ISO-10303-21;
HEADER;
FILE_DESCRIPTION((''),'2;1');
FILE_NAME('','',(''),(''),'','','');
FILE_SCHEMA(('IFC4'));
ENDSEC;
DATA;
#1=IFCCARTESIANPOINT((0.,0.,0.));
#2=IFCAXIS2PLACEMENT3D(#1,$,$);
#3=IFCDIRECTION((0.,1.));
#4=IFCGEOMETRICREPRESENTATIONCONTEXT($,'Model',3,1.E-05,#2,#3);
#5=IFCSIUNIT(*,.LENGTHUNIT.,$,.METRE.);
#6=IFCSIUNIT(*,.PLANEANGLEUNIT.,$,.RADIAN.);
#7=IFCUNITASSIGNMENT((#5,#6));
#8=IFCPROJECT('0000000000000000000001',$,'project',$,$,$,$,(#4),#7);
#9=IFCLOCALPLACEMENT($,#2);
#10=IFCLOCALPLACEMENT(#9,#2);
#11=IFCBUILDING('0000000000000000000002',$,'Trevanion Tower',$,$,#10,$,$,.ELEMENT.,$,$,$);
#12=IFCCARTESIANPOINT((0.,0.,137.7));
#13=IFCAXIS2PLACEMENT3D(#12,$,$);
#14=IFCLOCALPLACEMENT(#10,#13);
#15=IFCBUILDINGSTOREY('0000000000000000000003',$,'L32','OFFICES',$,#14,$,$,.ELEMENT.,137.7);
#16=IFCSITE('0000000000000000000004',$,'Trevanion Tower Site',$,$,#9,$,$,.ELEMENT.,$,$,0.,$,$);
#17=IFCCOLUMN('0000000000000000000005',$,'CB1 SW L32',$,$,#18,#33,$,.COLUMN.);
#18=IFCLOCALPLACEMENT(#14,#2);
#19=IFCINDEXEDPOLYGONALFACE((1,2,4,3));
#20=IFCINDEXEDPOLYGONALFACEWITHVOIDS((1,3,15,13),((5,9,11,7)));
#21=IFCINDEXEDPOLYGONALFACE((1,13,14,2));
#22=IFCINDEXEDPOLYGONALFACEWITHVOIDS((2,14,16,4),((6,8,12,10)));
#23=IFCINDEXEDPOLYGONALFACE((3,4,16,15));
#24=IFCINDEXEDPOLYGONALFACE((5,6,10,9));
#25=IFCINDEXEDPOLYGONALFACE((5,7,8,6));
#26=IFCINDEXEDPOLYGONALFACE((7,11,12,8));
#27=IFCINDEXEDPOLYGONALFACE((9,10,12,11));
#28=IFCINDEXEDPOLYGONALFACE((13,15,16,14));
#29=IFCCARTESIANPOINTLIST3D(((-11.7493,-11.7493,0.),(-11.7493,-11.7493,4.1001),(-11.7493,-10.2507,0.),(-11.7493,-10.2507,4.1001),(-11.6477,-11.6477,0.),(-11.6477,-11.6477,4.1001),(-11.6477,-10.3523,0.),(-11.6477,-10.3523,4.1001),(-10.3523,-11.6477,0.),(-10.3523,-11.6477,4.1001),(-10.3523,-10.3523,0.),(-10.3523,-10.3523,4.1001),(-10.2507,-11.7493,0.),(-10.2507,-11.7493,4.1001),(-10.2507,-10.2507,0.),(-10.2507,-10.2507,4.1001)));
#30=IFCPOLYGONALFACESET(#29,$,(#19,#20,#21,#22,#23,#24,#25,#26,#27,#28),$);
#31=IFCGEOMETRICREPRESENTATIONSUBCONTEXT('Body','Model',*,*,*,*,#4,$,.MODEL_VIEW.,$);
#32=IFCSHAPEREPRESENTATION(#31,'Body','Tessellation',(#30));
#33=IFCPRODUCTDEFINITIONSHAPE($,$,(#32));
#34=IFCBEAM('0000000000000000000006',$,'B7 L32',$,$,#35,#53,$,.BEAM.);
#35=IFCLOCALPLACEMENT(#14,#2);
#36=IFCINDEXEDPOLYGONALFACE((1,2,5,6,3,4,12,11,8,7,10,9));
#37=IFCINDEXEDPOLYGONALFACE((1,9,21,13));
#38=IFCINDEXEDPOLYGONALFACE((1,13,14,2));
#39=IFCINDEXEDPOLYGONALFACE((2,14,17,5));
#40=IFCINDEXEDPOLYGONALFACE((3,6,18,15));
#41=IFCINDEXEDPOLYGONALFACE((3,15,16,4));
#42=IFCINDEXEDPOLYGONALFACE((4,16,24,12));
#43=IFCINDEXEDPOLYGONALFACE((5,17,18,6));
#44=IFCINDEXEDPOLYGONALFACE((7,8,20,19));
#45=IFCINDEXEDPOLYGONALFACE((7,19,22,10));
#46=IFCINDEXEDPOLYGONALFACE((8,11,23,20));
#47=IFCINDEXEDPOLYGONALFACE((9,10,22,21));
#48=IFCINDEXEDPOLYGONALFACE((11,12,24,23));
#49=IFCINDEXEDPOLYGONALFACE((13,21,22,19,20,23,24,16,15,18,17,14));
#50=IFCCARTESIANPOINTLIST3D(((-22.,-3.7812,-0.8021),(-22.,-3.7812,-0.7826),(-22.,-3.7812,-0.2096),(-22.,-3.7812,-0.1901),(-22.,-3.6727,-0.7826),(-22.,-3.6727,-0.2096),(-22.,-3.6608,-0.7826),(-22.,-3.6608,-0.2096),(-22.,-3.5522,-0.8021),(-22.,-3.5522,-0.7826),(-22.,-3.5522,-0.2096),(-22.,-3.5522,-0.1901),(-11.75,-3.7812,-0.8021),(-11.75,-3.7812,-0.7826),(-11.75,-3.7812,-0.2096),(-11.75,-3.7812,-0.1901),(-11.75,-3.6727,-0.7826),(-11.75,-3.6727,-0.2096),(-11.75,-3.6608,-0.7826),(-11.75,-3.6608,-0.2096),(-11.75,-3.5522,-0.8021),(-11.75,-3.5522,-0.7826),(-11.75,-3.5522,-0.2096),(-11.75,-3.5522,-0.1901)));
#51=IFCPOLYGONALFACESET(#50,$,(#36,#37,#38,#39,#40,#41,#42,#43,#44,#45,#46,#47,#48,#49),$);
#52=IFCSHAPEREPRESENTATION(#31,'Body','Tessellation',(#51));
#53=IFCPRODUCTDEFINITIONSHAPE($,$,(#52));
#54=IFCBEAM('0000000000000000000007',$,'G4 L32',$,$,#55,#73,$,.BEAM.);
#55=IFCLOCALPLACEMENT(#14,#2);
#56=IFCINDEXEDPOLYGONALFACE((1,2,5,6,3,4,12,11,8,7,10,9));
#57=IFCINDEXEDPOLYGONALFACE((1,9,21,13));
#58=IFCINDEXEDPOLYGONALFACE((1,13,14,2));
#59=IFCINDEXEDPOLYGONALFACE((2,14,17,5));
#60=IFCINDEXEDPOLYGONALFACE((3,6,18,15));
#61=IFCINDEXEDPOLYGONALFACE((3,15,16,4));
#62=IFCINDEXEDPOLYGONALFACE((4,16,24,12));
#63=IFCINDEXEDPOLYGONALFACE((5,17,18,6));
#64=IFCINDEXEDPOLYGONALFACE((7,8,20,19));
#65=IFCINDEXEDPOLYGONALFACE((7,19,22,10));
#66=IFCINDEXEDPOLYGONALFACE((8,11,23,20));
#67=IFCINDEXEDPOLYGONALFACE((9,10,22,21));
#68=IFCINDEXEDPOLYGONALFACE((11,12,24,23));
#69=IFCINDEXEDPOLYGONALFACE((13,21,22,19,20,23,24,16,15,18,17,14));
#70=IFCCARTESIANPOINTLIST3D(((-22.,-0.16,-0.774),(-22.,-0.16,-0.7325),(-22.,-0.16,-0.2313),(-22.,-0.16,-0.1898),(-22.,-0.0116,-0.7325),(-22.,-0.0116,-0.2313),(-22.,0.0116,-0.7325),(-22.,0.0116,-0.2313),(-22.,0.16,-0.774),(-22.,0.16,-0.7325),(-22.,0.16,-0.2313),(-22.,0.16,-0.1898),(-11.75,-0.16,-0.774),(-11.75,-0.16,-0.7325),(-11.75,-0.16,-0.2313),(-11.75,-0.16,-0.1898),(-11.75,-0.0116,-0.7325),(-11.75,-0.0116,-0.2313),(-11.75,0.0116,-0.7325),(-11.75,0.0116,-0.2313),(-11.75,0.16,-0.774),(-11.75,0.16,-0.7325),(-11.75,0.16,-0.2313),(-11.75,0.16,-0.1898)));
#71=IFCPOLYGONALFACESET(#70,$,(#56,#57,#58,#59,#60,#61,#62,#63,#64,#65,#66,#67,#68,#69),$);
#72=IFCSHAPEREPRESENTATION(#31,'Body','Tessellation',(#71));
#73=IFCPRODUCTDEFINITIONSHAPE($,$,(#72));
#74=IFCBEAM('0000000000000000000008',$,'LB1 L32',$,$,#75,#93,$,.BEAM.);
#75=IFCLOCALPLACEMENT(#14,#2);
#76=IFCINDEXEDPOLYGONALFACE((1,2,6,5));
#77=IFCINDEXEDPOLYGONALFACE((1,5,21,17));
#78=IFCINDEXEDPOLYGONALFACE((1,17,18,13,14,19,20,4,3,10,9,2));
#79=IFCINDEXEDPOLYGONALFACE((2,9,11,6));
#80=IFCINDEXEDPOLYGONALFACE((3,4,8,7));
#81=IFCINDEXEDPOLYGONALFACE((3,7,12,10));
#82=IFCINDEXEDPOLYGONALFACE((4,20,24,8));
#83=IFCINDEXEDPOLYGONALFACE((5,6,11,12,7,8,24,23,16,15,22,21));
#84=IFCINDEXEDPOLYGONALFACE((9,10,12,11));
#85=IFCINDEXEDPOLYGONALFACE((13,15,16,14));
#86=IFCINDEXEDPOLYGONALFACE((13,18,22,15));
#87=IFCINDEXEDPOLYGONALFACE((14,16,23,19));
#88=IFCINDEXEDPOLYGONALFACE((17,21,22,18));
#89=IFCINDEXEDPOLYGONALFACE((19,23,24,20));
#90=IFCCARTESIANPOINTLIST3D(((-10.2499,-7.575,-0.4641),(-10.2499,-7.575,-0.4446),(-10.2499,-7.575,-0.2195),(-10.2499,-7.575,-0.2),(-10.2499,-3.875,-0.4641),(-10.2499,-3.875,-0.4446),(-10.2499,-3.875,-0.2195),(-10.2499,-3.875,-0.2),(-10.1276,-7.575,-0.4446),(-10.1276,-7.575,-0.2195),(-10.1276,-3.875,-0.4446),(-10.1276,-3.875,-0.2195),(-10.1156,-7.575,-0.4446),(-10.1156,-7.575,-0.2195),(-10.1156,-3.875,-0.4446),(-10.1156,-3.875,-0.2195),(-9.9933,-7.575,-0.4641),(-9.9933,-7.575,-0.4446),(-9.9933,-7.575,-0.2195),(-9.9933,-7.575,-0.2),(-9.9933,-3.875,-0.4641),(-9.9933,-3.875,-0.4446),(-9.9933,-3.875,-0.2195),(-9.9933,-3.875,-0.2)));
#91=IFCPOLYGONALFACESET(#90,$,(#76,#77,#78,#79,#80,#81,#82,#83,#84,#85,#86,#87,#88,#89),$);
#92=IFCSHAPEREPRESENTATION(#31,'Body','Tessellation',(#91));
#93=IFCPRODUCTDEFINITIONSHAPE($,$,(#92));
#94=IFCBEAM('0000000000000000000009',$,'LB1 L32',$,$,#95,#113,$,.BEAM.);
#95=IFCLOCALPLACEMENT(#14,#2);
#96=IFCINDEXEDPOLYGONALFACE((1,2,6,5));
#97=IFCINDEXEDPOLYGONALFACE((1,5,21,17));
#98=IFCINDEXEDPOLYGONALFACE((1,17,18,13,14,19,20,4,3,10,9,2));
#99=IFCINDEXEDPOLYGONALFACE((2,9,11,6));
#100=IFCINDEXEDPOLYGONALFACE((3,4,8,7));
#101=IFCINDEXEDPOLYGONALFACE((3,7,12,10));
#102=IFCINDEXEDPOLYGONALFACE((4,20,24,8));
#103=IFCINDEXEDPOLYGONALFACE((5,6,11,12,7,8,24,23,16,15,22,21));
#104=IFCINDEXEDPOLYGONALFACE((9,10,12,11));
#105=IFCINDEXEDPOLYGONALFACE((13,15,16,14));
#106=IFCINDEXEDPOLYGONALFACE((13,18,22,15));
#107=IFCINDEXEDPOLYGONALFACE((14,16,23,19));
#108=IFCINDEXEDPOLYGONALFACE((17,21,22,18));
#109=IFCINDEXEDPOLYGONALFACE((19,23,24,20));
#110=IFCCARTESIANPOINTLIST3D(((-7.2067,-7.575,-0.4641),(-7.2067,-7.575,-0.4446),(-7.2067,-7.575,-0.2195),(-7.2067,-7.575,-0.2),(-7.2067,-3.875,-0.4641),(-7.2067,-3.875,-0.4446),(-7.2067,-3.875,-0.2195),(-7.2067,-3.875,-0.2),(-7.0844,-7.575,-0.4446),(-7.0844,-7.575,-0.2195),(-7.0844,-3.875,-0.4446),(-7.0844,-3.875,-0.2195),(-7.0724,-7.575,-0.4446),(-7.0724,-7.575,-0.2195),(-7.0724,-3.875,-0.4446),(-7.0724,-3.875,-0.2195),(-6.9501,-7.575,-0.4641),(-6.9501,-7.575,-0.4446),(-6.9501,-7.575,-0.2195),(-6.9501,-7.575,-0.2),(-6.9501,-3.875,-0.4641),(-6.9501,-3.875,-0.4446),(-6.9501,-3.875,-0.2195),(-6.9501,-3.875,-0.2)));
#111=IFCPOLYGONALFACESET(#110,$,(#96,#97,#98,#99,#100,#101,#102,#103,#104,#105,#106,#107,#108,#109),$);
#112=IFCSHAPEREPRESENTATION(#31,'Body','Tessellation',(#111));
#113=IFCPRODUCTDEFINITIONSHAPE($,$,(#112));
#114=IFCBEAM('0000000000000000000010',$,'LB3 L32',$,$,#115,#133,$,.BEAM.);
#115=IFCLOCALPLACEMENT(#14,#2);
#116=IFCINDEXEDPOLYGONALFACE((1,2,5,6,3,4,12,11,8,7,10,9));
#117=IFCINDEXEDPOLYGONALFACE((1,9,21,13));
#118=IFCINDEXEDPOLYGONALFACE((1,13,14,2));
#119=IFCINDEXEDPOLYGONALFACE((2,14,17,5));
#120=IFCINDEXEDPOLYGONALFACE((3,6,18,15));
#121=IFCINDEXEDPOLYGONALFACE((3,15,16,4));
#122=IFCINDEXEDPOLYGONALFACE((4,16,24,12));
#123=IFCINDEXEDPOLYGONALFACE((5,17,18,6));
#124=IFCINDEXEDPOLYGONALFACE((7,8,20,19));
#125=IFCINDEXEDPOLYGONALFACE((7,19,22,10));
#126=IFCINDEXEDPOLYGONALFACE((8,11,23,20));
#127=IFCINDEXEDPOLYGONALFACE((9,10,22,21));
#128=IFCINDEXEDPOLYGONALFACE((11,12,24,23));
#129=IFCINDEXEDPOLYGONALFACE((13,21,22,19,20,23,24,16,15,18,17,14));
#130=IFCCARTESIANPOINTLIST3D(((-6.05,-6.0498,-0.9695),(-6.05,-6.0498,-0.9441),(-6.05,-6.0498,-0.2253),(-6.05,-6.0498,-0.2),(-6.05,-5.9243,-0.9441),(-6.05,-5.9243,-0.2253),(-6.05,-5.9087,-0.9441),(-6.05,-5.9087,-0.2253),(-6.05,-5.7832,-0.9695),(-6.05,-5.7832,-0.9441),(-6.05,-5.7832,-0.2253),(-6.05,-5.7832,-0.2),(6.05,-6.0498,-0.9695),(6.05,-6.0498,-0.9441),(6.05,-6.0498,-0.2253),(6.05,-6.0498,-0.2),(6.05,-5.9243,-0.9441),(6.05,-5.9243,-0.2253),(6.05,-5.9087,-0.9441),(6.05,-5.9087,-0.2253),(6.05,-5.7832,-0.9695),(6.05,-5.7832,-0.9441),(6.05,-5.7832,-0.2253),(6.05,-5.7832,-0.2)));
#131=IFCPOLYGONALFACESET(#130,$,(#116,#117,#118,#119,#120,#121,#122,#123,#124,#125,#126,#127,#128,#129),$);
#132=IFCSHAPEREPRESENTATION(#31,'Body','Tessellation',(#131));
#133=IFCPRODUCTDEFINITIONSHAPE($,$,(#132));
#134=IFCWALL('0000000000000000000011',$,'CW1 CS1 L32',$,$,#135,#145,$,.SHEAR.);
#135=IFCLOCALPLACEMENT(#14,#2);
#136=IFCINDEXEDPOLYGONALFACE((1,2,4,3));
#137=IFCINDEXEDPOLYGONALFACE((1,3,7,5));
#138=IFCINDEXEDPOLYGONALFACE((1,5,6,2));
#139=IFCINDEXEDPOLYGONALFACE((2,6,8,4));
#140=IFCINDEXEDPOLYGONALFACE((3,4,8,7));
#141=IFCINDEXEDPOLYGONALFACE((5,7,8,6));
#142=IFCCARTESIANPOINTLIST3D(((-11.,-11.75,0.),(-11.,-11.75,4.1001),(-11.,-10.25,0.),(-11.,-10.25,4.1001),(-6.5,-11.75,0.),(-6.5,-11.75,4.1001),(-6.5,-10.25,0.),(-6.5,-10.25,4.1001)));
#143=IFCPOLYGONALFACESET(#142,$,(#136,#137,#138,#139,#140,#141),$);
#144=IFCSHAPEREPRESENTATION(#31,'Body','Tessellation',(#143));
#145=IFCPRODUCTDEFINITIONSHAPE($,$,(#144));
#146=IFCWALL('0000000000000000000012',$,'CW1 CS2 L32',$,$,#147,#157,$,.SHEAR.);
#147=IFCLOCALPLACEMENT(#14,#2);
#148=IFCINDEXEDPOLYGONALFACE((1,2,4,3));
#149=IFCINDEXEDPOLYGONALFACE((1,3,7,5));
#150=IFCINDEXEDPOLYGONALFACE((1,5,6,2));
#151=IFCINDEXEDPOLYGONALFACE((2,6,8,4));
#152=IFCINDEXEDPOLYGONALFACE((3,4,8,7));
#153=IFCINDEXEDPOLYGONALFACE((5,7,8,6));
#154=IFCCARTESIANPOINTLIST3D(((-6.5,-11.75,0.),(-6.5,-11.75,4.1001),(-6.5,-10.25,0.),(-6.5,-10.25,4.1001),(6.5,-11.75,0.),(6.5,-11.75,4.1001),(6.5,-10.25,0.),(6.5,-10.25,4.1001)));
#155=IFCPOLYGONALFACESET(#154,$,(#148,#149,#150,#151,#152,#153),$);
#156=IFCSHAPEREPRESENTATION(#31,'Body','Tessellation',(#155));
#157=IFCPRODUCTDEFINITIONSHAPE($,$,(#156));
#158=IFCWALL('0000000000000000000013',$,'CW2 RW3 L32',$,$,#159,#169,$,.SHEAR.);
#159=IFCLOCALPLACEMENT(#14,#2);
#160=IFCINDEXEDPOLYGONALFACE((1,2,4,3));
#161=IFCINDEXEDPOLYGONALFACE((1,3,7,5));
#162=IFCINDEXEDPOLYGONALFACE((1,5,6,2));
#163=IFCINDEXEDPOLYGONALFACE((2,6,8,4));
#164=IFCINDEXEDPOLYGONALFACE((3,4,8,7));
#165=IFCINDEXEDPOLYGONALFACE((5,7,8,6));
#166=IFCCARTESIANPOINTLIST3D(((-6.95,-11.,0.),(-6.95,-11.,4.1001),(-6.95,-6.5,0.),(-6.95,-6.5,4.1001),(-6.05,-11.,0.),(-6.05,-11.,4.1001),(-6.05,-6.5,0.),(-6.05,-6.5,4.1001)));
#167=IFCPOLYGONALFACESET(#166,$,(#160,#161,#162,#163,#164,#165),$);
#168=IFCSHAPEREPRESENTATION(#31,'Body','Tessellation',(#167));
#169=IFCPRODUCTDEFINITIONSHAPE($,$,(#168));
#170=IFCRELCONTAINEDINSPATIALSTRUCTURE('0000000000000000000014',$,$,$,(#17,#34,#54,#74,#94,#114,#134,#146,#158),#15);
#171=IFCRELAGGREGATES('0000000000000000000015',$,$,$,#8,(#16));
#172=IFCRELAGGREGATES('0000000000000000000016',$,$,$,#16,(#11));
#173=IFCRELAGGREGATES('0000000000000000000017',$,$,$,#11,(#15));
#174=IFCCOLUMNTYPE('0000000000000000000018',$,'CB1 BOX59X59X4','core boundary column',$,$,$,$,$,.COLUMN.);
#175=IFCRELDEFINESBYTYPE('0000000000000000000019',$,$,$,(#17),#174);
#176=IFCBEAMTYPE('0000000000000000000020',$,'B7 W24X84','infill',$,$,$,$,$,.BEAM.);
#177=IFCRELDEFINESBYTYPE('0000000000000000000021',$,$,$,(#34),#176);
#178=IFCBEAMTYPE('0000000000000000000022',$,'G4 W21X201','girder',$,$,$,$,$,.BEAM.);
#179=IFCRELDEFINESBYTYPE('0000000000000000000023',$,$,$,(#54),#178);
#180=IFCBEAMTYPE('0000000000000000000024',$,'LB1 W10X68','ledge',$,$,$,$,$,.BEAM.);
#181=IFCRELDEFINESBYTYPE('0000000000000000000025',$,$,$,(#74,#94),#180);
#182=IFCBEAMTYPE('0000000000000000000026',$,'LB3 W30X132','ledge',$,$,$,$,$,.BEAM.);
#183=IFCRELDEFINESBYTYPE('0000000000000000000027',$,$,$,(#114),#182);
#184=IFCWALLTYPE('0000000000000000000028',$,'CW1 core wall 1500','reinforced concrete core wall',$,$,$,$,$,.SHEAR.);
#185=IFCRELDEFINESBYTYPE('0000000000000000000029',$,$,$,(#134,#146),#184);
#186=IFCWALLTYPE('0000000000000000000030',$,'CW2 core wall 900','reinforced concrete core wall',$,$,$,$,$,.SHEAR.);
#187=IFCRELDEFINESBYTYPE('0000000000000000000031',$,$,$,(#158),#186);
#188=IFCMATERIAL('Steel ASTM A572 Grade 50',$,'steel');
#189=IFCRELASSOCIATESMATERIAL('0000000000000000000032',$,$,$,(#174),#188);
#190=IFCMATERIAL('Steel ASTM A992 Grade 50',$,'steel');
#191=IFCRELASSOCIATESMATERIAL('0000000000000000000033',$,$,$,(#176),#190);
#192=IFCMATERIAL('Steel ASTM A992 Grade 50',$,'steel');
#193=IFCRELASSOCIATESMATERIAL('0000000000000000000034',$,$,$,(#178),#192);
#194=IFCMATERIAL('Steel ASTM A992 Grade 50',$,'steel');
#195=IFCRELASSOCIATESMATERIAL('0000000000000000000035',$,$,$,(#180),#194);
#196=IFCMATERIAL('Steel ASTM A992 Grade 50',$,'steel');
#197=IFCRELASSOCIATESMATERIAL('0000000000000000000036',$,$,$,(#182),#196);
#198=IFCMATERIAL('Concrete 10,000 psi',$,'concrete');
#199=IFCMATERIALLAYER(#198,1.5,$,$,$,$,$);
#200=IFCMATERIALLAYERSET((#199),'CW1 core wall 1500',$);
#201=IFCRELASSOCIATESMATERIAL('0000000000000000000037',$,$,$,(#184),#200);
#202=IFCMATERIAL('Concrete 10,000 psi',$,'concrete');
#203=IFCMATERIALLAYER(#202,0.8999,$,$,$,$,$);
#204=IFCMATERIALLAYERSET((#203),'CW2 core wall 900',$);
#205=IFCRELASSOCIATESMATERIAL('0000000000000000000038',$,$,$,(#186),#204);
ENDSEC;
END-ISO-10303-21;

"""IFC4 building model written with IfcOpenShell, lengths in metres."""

from ifc_helpers import new_model, si_unit, direction, frame, frame_2d, origin, origin_2d, place, context, subcontext, project, spatial, rectangle, hollow_rectangle, i_section, extrude, material, layer, layer_set, material_profile, profile_set, type_object, element, save


model = new_model("IFC4")

# Units and contexts
model_context = context("Model", 3, precision=1e-05, world=origin(), true_north=direction((0.0, 1.0)))
body_context = subcontext(model_context, "Body", "Model", "MODEL_VIEW")
ifc_project = project(units=[si_unit("LENGTHUNIT", "METRE"), si_unit("PLANEANGLEUNIT", "RADIAN")], contexts=[model_context])

# Site, building, storey
site_placement = place(None, origin())
site = spatial("IfcSite", under=ifc_project, at=site_placement, Name="Trevanion Tower Site", CompositionType="ELEMENT", RefElevation=0.0)
building_placement = place(site_placement, origin())
building = spatial("IfcBuilding", under=site, at=building_placement, Name="Trevanion Tower", CompositionType="ELEMENT")
storey_placement = place(building_placement, frame((0.0, 0.0, 137.7)))
storey = spatial("IfcBuildingStorey", under=building, at=storey_placement, Name="L32", Description="OFFICES", CompositionType="ELEMENT", Elevation=137.7)

# Column
ifc_material_1 = material(Name="Steel ASTM A572 Grade 50", Category="steel")
ifc_material_profile_1 = material_profile(ifc_material_1, hollow_rectangle(XDim=1.4985, YDim=1.4985, WallThickness=0.1016, at=origin_2d()), Name="BOX59X59X4")
ifc_profile_set_1 = profile_set([ifc_material_profile_1], Name="Steel ASTM A572 Grade 50")
column_type = type_object("IfcColumnType", Name="CB1 BOX59X59X4", Description="core boundary column", PredefinedType="COLUMN", material=ifc_profile_set_1)
column_placement = place(storey_placement, frame((-11.0, -11.0, 0.0), z_axis=(0.0, 0.0, 1.0), x_axis=(1.0, 0.0, 0.0)))
element("IfcColumn", 1, at=column_placement, inside=storey, type_object=column_type, Name="CB1 SW L32", PredefinedType="COLUMN", context=body_context, shape_type="SweptSolid", body=[
    extrude(hollow_rectangle(XDim=1.4985, YDim=1.4985, WallThickness=0.1016, at=origin_2d()), origin(), (0.0, 0.0, 1.0), 4.1001),
])

# Beams
ifc_material_2 = material(Name="Steel ASTM A992 Grade 50", Category="steel")
ifc_material_profile_2 = material_profile(ifc_material_2, i_section(OverallWidth=0.229, OverallDepth=0.6121, WebThickness=0.012, FlangeThickness=0.0195, at=origin_2d()), Name="W24X84")
ifc_profile_set_2 = profile_set([ifc_material_profile_2], Name="Steel ASTM A992 Grade 50")
beam_type_1 = type_object("IfcBeamType", Name="B7 W24X84", Description="infill", PredefinedType="BEAM", material=ifc_profile_set_2)
beam_1_placement = place(storey_placement, frame((-11.75, -3.6667, -0.4961), z_axis=(-1.0, 0.0, 0.0), x_axis=(0.0, -1.0, 0.0)))
element("IfcBeam", 2, at=beam_1_placement, inside=storey, type_object=beam_type_1, Name="B7 L32", PredefinedType="BEAM", context=body_context, shape_type="SweptSolid", body=[
    extrude(i_section(OverallWidth=0.229, OverallDepth=0.6121, WebThickness=0.012, FlangeThickness=0.0195, at=origin_2d()), origin(), (0.0, 0.0, 1.0), 10.25),
])
ifc_material_3 = material(Name="Steel ASTM A992 Grade 50", Category="steel")
ifc_material_profile_3 = material_profile(ifc_material_3, i_section(OverallWidth=0.3201, OverallDepth=0.5842, WebThickness=0.0232, FlangeThickness=0.0415, at=origin_2d()), Name="W21X201")
ifc_profile_set_3 = profile_set([ifc_material_profile_3], Name="Steel ASTM A992 Grade 50")
beam_type_2 = type_object("IfcBeamType", Name="G4 W21X201", Description="girder", PredefinedType="BEAM", material=ifc_profile_set_3)
beam_2_placement = place(storey_placement, frame((-11.75, 0.0, -0.4819), z_axis=(-1.0, 0.0, 0.0), x_axis=(0.0, -1.0, 0.0)))
element("IfcBeam", 3, at=beam_2_placement, inside=storey, type_object=beam_type_2, Name="G4 L32", PredefinedType="BEAM", context=body_context, shape_type="SweptSolid", body=[
    extrude(i_section(OverallWidth=0.3201, OverallDepth=0.5842, WebThickness=0.0232, FlangeThickness=0.0415, at=origin_2d()), origin(), (0.0, 0.0, 1.0), 10.25),
])
ifc_material_4 = material(Name="Steel ASTM A992 Grade 50", Category="steel")
ifc_material_profile_4 = material_profile(ifc_material_4, i_section(OverallWidth=0.2566, OverallDepth=0.2642, WebThickness=0.012, FlangeThickness=0.0195, at=origin_2d()), Name="W10X68")
ifc_profile_set_4 = profile_set([ifc_material_profile_4], Name="Steel ASTM A992 Grade 50")
beam_type_3 = type_object("IfcBeamType", Name="LB1 W10X68", Description="ledge", PredefinedType="BEAM", material=ifc_profile_set_4)
for number, where, z_axis, x_axis, name in (
    (4, (-10.1216, -7.575, -0.332), (0.0, 1.0, 0.0), (-1.0, 0.0, 0.0), "LB1 L32"),
    (5, (-7.0784, -7.575, -0.332), (0.0, 1.0, 0.0), (-1.0, 0.0, 0.0), "LB1 L32"),
):
    element("IfcBeam", number, at=place(storey_placement, frame(where, z_axis=z_axis, x_axis=x_axis)), inside=storey, type_object=beam_type_3, Name=name, PredefinedType="BEAM", context=body_context, shape_type="SweptSolid", body=[
        extrude(i_section(OverallWidth=0.2566, OverallDepth=0.2642, WebThickness=0.012, FlangeThickness=0.0195, at=origin_2d()), origin(), (0.0, 0.0, 1.0), 3.7),
    ])
ifc_material_5 = material(Name="Steel ASTM A992 Grade 50", Category="steel")
ifc_material_profile_5 = material_profile(ifc_material_5, i_section(OverallWidth=0.2666, OverallDepth=0.7695, WebThickness=0.0156, FlangeThickness=0.0254, at=origin_2d()), Name="W30X132")
ifc_profile_set_5 = profile_set([ifc_material_profile_5], Name="Steel ASTM A992 Grade 50")
beam_type_4 = type_object("IfcBeamType", Name="LB3 W30X132", Description="ledge", PredefinedType="BEAM", material=ifc_profile_set_5)
beam_3_placement = place(storey_placement, frame((-6.05, -5.9165, -0.5847), z_axis=(1.0, 0.0, 0.0), x_axis=(0.0, 1.0, 0.0)))
element("IfcBeam", 6, at=beam_3_placement, inside=storey, type_object=beam_type_4, Name="LB3 L32", PredefinedType="BEAM", context=body_context, shape_type="SweptSolid", body=[
    extrude(i_section(OverallWidth=0.2666, OverallDepth=0.7695, WebThickness=0.0156, FlangeThickness=0.0254, at=origin_2d()), origin(), (0.0, 0.0, 1.0), 12.1001),
])

# Walls
ifc_material_6 = material(Name="Concrete 10,000 psi", Category="concrete")
ifc_layer_1 = layer(ifc_material_6, 1.5)
ifc_layer_set_1 = layer_set([ifc_layer_1], Name="CW1 core wall 1500")
wall_type_1 = type_object("IfcWallType", Name="CW1 core wall 1500", Description="reinforced concrete core wall", PredefinedType="SHEAR", material=ifc_layer_set_1)
wall_1_placement = place(storey_placement, frame((-11.0, -11.0, 0.0), z_axis=(0.0, 0.0, 1.0), x_axis=(1.0, 0.0, 0.0)))
element("IfcWall", 7, at=wall_1_placement, inside=storey, type_object=wall_type_1, Name="CW1 CS1 L32", PredefinedType="SHEAR", context=body_context, shape_type="SweptSolid", body=[
    extrude(rectangle(XDim=4.5, YDim=1.5, at=frame_2d((2.25, 0.0))), origin(), (0.0, 0.0, 1.0), 4.1001),
])
wall_2_placement = place(storey_placement, frame((-6.5, -11.0, 0.0), z_axis=(0.0, 0.0, 1.0), x_axis=(1.0, 0.0, 0.0)))
element("IfcWall", 8, at=wall_2_placement, inside=storey, type_object=wall_type_1, Name="CW1 CS2 L32", PredefinedType="SHEAR", context=body_context, shape_type="SweptSolid", body=[
    extrude(rectangle(XDim=13.0, YDim=1.5, at=frame_2d((6.5, 0.0))), origin(), (0.0, 0.0, 1.0), 4.1001),
])
ifc_material_7 = material(Name="Concrete 10,000 psi", Category="concrete")
ifc_layer_2 = layer(ifc_material_7, 0.8999)
ifc_layer_set_2 = layer_set([ifc_layer_2], Name="CW2 core wall 900")
wall_type_2 = type_object("IfcWallType", Name="CW2 core wall 900", Description="reinforced concrete core wall", PredefinedType="SHEAR", material=ifc_layer_set_2)
wall_3_placement = place(storey_placement, frame((-6.5, -6.5, 0.0), z_axis=(0.0, 0.0, 1.0), x_axis=(0.0, -1.0, 0.0)))
element("IfcWall", 9, at=wall_3_placement, inside=storey, type_object=wall_type_2, Name="CW2 RW3 L32", PredefinedType="SHEAR", context=body_context, shape_type="SweptSolid", body=[
    extrude(rectangle(XDim=4.5, YDim=0.8999, at=frame_2d((2.25, 0.0))), origin(), (0.0, 0.0, 1.0), 4.1001),
])

save(model, "model.ifc")
